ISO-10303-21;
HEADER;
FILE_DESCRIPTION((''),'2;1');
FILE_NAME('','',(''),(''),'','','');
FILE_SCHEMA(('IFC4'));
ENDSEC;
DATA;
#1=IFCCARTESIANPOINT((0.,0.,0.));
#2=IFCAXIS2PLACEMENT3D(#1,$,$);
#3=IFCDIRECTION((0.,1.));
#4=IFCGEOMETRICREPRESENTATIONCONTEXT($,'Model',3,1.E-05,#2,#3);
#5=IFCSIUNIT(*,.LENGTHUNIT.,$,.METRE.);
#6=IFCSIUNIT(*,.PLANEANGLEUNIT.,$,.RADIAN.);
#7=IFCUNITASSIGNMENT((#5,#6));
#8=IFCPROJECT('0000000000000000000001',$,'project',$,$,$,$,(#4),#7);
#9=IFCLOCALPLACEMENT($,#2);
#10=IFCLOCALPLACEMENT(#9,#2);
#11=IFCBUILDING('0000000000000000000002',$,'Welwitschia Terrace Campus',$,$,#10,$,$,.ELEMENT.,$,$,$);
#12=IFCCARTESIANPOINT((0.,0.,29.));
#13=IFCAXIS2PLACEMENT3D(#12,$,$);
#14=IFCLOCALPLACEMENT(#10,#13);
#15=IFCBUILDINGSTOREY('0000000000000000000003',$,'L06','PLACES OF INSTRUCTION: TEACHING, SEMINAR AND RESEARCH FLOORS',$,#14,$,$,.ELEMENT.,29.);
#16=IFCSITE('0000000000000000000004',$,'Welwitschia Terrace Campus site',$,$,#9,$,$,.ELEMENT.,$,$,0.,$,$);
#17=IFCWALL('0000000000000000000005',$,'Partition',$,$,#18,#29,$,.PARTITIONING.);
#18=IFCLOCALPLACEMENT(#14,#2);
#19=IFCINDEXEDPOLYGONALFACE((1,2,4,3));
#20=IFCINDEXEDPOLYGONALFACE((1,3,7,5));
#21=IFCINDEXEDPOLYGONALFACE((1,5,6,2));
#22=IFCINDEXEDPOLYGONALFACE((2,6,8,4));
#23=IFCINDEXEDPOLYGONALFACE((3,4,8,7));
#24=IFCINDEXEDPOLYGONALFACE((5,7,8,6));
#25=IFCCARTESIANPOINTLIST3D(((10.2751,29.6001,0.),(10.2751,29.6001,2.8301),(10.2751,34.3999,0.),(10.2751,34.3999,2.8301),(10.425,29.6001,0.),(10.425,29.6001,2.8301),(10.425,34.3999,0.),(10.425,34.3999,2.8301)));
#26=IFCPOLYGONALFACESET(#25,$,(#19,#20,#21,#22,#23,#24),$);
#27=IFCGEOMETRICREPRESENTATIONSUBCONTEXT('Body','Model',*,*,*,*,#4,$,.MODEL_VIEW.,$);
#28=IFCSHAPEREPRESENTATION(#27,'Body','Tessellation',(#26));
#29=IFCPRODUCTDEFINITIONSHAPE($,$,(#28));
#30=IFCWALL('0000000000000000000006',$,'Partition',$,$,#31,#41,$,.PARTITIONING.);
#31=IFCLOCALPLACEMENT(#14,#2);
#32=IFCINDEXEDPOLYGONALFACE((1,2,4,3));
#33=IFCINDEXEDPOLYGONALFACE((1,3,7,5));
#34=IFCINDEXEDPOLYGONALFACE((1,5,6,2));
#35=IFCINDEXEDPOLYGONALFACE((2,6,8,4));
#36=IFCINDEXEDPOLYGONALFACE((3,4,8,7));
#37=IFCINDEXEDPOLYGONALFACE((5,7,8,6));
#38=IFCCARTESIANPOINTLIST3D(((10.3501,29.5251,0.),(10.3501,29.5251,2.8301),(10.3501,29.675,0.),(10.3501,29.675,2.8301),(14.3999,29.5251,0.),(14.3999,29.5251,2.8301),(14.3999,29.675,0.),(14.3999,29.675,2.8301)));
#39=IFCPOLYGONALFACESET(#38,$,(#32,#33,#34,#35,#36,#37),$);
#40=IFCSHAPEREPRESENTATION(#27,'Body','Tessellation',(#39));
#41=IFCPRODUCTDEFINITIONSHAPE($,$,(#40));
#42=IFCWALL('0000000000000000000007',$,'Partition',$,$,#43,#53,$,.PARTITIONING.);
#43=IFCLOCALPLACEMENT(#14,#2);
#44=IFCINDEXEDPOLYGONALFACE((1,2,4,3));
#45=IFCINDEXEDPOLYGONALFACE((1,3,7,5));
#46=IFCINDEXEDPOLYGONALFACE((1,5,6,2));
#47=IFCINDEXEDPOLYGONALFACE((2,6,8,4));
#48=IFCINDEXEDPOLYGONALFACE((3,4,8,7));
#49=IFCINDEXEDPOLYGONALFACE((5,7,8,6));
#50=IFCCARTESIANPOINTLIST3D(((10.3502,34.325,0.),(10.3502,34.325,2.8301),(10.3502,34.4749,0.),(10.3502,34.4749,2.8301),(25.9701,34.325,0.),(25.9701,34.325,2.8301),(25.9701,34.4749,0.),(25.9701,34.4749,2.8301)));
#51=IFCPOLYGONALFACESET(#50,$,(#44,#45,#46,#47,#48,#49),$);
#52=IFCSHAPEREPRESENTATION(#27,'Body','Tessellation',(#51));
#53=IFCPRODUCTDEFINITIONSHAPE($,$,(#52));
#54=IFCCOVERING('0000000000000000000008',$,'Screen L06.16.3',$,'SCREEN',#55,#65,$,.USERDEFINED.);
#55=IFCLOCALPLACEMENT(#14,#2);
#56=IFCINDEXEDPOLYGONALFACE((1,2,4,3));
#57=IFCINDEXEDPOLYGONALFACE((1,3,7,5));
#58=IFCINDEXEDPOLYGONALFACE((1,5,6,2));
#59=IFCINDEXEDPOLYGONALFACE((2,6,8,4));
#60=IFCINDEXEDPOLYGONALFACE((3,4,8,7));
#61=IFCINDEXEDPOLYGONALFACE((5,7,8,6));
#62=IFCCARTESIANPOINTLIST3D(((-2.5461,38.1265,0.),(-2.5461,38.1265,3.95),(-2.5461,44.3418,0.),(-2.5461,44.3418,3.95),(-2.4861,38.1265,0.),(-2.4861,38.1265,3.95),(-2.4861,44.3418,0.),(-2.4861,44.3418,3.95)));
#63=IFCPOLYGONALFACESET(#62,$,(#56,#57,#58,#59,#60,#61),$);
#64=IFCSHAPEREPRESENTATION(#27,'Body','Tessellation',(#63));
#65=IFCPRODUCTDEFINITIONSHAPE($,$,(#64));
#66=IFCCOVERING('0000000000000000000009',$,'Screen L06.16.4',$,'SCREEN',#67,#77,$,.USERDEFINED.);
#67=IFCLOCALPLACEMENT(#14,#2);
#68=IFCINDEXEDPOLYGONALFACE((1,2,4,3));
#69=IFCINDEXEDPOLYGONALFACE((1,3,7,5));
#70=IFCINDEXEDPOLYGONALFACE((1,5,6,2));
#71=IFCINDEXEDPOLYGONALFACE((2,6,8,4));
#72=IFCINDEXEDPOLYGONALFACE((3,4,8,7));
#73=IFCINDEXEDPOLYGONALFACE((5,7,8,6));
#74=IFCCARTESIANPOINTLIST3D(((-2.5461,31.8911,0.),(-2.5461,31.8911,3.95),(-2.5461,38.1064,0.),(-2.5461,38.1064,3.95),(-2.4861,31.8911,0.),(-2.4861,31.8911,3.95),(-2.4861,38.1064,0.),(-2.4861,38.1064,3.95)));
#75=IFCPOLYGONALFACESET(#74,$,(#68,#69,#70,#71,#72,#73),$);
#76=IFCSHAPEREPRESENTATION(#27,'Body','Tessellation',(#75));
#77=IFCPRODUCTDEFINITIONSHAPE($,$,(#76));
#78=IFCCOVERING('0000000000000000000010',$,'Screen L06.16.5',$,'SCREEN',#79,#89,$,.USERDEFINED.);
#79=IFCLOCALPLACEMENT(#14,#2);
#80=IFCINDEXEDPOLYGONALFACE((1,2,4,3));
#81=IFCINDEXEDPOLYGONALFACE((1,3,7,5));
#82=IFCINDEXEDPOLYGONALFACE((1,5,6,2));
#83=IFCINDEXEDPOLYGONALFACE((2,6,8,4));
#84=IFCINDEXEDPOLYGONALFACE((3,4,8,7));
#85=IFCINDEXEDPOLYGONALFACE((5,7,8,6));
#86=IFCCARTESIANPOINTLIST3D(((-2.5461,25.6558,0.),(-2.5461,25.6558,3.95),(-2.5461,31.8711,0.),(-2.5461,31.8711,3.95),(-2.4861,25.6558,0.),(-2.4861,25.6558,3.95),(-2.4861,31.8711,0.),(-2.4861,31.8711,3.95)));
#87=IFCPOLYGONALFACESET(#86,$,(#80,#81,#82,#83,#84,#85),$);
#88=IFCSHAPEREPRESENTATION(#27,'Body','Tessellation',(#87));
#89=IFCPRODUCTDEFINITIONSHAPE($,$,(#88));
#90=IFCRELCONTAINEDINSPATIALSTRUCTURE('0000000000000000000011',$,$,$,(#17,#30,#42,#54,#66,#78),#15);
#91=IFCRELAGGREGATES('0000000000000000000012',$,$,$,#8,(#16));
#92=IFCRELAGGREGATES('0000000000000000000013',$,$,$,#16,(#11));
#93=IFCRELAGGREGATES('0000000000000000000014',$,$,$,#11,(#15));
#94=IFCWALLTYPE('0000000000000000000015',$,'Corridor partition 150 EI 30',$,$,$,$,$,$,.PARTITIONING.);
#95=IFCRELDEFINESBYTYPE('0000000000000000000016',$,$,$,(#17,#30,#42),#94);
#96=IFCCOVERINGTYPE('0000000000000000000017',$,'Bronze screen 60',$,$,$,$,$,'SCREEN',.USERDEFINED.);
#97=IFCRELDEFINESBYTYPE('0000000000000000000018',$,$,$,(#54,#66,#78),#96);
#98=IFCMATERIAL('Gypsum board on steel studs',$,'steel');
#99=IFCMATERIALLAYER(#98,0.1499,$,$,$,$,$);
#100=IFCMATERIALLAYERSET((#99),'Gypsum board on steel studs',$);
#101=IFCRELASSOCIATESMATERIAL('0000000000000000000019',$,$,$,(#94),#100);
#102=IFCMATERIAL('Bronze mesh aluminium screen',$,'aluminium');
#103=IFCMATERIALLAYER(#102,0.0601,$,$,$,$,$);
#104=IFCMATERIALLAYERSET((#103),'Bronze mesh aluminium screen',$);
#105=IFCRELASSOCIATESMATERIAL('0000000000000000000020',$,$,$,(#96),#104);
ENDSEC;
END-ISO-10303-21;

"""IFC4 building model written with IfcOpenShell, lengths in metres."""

from ifc_helpers import new_model, si_unit, direction, frame, frame_2d, origin, origin_2d, place, context, subcontext, project, spatial, rectangle, extrude, material, layer, layer_set, type_object, element, save


model = new_model("IFC4")

# Units and contexts
model_context = context("Model", 3, precision=1e-05, world=origin(), true_north=direction((0.0, 1.0)))
body_context = subcontext(model_context, "Body", "Model", "MODEL_VIEW")
ifc_project = project(units=[si_unit("LENGTHUNIT", "METRE"), si_unit("PLANEANGLEUNIT", "RADIAN")], contexts=[model_context])

# Site, building, storey
site_placement = place(None, origin())
site = spatial("IfcSite", under=ifc_project, at=site_placement, Name="Welwitschia Terrace Campus site", CompositionType="ELEMENT", RefElevation=0.0)
building_placement = place(site_placement, origin())
building = spatial("IfcBuilding", under=site, at=building_placement, Name="Welwitschia Terrace Campus", CompositionType="ELEMENT")
storey_placement = place(building_placement, frame((0.0, 0.0, 29.0)))
storey = spatial("IfcBuildingStorey", under=building, at=storey_placement, Name="L06", Description="PLACES OF INSTRUCTION: TEACHING, SEMINAR AND RESEARCH FLOORS", CompositionType="ELEMENT", Elevation=29.0)

# Shared definitions
ifc_material_1 = material(Name="Gypsum board on steel studs", Category="steel")
ifc_layer_1 = layer(ifc_material_1, 0.1499)
ifc_layer_set_1 = layer_set([ifc_layer_1], Name="Gypsum board on steel studs")
wall_type = type_object("IfcWallType", Name="Corridor partition 150 EI 30", PredefinedType="PARTITIONING", material=ifc_layer_set_1)

# Walls
wall_1_placement = place(storey_placement, frame((10.3501, 29.6001, 0.0), z_axis=(0.0, 0.0, 1.0), x_axis=(0.0, 1.0, 0.0)))
element("IfcWall", 1, at=wall_1_placement, inside=storey, type_object=wall_type, Name="Partition", PredefinedType="PARTITIONING", context=body_context, shape_type="SweptSolid", body=[
    extrude(rectangle(XDim=4.7998, YDim=0.1499, at=frame_2d((2.3999, 0.0))), origin(), (0.0, 0.0, 1.0), 2.8301),
])
wall_2_placement = place(storey_placement, frame((10.3501, 29.6001, 0.0), z_axis=(0.0, 0.0, 1.0), x_axis=(1.0, 0.0, 0.0)))
element("IfcWall", 2, at=wall_2_placement, inside=storey, type_object=wall_type, Name="Partition", PredefinedType="PARTITIONING", context=body_context, shape_type="SweptSolid", body=[
    extrude(rectangle(XDim=4.0498, YDim=0.1499, at=frame_2d((2.0249, 0.0))), origin(), (0.0, 0.0, 1.0), 2.8301),
])
wall_3_placement = place(storey_placement, frame((10.3501, 34.3999, 0.0), z_axis=(0.0, 0.0, 1.0), x_axis=(1.0, 0.0, 0.0)))
element("IfcWall", 3, at=wall_3_placement, inside=storey, type_object=wall_type, Name="Partition", PredefinedType="PARTITIONING", context=body_context, shape_type="SweptSolid", body=[
    extrude(rectangle(XDim=15.6199, YDim=0.1499, at=frame_2d((7.8101, 0.0))), origin(), (0.0, 0.0, 1.0), 2.8301),
])

# Coverings
ifc_material_2 = material(Name="Bronze mesh aluminium screen", Category="aluminium")
ifc_layer_2 = layer(ifc_material_2, 0.0601)
ifc_layer_set_2 = layer_set([ifc_layer_2], Name="Bronze mesh aluminium screen")
covering_type = type_object("IfcCoveringType", Name="Bronze screen 60", ElementType="SCREEN", PredefinedType="USERDEFINED", material=ifc_layer_set_2)
for number, where, z_axis, x_axis, name in (
    (4, (-2.5161, 41.2341, 0.0), (0.0, 0.0, 1.0), (0.0, -1.0, 0.0), "Screen L06.16.3"),
    (5, (-2.5161, 34.9988, 0.0), (0.0, 0.0, 1.0), (0.0, -1.0, 0.0), "Screen L06.16.4"),
    (6, (-2.5161, 28.7634, 0.0), (0.0, 0.0, 1.0), (0.0, -1.0, 0.0), "Screen L06.16.5"),
):
    element("IfcCovering", number, at=place(storey_placement, frame(where, z_axis=z_axis, x_axis=x_axis)), inside=storey, type_object=covering_type, Name=name, ObjectType="SCREEN", PredefinedType="USERDEFINED", context=body_context, shape_type="SweptSolid", body=[
        extrude(rectangle(XDim=6.2153, YDim=0.0601, at=origin_2d()), origin(), (0.0, 0.0, 1.0), 3.95),
    ])

save(model, "model.ifc")
